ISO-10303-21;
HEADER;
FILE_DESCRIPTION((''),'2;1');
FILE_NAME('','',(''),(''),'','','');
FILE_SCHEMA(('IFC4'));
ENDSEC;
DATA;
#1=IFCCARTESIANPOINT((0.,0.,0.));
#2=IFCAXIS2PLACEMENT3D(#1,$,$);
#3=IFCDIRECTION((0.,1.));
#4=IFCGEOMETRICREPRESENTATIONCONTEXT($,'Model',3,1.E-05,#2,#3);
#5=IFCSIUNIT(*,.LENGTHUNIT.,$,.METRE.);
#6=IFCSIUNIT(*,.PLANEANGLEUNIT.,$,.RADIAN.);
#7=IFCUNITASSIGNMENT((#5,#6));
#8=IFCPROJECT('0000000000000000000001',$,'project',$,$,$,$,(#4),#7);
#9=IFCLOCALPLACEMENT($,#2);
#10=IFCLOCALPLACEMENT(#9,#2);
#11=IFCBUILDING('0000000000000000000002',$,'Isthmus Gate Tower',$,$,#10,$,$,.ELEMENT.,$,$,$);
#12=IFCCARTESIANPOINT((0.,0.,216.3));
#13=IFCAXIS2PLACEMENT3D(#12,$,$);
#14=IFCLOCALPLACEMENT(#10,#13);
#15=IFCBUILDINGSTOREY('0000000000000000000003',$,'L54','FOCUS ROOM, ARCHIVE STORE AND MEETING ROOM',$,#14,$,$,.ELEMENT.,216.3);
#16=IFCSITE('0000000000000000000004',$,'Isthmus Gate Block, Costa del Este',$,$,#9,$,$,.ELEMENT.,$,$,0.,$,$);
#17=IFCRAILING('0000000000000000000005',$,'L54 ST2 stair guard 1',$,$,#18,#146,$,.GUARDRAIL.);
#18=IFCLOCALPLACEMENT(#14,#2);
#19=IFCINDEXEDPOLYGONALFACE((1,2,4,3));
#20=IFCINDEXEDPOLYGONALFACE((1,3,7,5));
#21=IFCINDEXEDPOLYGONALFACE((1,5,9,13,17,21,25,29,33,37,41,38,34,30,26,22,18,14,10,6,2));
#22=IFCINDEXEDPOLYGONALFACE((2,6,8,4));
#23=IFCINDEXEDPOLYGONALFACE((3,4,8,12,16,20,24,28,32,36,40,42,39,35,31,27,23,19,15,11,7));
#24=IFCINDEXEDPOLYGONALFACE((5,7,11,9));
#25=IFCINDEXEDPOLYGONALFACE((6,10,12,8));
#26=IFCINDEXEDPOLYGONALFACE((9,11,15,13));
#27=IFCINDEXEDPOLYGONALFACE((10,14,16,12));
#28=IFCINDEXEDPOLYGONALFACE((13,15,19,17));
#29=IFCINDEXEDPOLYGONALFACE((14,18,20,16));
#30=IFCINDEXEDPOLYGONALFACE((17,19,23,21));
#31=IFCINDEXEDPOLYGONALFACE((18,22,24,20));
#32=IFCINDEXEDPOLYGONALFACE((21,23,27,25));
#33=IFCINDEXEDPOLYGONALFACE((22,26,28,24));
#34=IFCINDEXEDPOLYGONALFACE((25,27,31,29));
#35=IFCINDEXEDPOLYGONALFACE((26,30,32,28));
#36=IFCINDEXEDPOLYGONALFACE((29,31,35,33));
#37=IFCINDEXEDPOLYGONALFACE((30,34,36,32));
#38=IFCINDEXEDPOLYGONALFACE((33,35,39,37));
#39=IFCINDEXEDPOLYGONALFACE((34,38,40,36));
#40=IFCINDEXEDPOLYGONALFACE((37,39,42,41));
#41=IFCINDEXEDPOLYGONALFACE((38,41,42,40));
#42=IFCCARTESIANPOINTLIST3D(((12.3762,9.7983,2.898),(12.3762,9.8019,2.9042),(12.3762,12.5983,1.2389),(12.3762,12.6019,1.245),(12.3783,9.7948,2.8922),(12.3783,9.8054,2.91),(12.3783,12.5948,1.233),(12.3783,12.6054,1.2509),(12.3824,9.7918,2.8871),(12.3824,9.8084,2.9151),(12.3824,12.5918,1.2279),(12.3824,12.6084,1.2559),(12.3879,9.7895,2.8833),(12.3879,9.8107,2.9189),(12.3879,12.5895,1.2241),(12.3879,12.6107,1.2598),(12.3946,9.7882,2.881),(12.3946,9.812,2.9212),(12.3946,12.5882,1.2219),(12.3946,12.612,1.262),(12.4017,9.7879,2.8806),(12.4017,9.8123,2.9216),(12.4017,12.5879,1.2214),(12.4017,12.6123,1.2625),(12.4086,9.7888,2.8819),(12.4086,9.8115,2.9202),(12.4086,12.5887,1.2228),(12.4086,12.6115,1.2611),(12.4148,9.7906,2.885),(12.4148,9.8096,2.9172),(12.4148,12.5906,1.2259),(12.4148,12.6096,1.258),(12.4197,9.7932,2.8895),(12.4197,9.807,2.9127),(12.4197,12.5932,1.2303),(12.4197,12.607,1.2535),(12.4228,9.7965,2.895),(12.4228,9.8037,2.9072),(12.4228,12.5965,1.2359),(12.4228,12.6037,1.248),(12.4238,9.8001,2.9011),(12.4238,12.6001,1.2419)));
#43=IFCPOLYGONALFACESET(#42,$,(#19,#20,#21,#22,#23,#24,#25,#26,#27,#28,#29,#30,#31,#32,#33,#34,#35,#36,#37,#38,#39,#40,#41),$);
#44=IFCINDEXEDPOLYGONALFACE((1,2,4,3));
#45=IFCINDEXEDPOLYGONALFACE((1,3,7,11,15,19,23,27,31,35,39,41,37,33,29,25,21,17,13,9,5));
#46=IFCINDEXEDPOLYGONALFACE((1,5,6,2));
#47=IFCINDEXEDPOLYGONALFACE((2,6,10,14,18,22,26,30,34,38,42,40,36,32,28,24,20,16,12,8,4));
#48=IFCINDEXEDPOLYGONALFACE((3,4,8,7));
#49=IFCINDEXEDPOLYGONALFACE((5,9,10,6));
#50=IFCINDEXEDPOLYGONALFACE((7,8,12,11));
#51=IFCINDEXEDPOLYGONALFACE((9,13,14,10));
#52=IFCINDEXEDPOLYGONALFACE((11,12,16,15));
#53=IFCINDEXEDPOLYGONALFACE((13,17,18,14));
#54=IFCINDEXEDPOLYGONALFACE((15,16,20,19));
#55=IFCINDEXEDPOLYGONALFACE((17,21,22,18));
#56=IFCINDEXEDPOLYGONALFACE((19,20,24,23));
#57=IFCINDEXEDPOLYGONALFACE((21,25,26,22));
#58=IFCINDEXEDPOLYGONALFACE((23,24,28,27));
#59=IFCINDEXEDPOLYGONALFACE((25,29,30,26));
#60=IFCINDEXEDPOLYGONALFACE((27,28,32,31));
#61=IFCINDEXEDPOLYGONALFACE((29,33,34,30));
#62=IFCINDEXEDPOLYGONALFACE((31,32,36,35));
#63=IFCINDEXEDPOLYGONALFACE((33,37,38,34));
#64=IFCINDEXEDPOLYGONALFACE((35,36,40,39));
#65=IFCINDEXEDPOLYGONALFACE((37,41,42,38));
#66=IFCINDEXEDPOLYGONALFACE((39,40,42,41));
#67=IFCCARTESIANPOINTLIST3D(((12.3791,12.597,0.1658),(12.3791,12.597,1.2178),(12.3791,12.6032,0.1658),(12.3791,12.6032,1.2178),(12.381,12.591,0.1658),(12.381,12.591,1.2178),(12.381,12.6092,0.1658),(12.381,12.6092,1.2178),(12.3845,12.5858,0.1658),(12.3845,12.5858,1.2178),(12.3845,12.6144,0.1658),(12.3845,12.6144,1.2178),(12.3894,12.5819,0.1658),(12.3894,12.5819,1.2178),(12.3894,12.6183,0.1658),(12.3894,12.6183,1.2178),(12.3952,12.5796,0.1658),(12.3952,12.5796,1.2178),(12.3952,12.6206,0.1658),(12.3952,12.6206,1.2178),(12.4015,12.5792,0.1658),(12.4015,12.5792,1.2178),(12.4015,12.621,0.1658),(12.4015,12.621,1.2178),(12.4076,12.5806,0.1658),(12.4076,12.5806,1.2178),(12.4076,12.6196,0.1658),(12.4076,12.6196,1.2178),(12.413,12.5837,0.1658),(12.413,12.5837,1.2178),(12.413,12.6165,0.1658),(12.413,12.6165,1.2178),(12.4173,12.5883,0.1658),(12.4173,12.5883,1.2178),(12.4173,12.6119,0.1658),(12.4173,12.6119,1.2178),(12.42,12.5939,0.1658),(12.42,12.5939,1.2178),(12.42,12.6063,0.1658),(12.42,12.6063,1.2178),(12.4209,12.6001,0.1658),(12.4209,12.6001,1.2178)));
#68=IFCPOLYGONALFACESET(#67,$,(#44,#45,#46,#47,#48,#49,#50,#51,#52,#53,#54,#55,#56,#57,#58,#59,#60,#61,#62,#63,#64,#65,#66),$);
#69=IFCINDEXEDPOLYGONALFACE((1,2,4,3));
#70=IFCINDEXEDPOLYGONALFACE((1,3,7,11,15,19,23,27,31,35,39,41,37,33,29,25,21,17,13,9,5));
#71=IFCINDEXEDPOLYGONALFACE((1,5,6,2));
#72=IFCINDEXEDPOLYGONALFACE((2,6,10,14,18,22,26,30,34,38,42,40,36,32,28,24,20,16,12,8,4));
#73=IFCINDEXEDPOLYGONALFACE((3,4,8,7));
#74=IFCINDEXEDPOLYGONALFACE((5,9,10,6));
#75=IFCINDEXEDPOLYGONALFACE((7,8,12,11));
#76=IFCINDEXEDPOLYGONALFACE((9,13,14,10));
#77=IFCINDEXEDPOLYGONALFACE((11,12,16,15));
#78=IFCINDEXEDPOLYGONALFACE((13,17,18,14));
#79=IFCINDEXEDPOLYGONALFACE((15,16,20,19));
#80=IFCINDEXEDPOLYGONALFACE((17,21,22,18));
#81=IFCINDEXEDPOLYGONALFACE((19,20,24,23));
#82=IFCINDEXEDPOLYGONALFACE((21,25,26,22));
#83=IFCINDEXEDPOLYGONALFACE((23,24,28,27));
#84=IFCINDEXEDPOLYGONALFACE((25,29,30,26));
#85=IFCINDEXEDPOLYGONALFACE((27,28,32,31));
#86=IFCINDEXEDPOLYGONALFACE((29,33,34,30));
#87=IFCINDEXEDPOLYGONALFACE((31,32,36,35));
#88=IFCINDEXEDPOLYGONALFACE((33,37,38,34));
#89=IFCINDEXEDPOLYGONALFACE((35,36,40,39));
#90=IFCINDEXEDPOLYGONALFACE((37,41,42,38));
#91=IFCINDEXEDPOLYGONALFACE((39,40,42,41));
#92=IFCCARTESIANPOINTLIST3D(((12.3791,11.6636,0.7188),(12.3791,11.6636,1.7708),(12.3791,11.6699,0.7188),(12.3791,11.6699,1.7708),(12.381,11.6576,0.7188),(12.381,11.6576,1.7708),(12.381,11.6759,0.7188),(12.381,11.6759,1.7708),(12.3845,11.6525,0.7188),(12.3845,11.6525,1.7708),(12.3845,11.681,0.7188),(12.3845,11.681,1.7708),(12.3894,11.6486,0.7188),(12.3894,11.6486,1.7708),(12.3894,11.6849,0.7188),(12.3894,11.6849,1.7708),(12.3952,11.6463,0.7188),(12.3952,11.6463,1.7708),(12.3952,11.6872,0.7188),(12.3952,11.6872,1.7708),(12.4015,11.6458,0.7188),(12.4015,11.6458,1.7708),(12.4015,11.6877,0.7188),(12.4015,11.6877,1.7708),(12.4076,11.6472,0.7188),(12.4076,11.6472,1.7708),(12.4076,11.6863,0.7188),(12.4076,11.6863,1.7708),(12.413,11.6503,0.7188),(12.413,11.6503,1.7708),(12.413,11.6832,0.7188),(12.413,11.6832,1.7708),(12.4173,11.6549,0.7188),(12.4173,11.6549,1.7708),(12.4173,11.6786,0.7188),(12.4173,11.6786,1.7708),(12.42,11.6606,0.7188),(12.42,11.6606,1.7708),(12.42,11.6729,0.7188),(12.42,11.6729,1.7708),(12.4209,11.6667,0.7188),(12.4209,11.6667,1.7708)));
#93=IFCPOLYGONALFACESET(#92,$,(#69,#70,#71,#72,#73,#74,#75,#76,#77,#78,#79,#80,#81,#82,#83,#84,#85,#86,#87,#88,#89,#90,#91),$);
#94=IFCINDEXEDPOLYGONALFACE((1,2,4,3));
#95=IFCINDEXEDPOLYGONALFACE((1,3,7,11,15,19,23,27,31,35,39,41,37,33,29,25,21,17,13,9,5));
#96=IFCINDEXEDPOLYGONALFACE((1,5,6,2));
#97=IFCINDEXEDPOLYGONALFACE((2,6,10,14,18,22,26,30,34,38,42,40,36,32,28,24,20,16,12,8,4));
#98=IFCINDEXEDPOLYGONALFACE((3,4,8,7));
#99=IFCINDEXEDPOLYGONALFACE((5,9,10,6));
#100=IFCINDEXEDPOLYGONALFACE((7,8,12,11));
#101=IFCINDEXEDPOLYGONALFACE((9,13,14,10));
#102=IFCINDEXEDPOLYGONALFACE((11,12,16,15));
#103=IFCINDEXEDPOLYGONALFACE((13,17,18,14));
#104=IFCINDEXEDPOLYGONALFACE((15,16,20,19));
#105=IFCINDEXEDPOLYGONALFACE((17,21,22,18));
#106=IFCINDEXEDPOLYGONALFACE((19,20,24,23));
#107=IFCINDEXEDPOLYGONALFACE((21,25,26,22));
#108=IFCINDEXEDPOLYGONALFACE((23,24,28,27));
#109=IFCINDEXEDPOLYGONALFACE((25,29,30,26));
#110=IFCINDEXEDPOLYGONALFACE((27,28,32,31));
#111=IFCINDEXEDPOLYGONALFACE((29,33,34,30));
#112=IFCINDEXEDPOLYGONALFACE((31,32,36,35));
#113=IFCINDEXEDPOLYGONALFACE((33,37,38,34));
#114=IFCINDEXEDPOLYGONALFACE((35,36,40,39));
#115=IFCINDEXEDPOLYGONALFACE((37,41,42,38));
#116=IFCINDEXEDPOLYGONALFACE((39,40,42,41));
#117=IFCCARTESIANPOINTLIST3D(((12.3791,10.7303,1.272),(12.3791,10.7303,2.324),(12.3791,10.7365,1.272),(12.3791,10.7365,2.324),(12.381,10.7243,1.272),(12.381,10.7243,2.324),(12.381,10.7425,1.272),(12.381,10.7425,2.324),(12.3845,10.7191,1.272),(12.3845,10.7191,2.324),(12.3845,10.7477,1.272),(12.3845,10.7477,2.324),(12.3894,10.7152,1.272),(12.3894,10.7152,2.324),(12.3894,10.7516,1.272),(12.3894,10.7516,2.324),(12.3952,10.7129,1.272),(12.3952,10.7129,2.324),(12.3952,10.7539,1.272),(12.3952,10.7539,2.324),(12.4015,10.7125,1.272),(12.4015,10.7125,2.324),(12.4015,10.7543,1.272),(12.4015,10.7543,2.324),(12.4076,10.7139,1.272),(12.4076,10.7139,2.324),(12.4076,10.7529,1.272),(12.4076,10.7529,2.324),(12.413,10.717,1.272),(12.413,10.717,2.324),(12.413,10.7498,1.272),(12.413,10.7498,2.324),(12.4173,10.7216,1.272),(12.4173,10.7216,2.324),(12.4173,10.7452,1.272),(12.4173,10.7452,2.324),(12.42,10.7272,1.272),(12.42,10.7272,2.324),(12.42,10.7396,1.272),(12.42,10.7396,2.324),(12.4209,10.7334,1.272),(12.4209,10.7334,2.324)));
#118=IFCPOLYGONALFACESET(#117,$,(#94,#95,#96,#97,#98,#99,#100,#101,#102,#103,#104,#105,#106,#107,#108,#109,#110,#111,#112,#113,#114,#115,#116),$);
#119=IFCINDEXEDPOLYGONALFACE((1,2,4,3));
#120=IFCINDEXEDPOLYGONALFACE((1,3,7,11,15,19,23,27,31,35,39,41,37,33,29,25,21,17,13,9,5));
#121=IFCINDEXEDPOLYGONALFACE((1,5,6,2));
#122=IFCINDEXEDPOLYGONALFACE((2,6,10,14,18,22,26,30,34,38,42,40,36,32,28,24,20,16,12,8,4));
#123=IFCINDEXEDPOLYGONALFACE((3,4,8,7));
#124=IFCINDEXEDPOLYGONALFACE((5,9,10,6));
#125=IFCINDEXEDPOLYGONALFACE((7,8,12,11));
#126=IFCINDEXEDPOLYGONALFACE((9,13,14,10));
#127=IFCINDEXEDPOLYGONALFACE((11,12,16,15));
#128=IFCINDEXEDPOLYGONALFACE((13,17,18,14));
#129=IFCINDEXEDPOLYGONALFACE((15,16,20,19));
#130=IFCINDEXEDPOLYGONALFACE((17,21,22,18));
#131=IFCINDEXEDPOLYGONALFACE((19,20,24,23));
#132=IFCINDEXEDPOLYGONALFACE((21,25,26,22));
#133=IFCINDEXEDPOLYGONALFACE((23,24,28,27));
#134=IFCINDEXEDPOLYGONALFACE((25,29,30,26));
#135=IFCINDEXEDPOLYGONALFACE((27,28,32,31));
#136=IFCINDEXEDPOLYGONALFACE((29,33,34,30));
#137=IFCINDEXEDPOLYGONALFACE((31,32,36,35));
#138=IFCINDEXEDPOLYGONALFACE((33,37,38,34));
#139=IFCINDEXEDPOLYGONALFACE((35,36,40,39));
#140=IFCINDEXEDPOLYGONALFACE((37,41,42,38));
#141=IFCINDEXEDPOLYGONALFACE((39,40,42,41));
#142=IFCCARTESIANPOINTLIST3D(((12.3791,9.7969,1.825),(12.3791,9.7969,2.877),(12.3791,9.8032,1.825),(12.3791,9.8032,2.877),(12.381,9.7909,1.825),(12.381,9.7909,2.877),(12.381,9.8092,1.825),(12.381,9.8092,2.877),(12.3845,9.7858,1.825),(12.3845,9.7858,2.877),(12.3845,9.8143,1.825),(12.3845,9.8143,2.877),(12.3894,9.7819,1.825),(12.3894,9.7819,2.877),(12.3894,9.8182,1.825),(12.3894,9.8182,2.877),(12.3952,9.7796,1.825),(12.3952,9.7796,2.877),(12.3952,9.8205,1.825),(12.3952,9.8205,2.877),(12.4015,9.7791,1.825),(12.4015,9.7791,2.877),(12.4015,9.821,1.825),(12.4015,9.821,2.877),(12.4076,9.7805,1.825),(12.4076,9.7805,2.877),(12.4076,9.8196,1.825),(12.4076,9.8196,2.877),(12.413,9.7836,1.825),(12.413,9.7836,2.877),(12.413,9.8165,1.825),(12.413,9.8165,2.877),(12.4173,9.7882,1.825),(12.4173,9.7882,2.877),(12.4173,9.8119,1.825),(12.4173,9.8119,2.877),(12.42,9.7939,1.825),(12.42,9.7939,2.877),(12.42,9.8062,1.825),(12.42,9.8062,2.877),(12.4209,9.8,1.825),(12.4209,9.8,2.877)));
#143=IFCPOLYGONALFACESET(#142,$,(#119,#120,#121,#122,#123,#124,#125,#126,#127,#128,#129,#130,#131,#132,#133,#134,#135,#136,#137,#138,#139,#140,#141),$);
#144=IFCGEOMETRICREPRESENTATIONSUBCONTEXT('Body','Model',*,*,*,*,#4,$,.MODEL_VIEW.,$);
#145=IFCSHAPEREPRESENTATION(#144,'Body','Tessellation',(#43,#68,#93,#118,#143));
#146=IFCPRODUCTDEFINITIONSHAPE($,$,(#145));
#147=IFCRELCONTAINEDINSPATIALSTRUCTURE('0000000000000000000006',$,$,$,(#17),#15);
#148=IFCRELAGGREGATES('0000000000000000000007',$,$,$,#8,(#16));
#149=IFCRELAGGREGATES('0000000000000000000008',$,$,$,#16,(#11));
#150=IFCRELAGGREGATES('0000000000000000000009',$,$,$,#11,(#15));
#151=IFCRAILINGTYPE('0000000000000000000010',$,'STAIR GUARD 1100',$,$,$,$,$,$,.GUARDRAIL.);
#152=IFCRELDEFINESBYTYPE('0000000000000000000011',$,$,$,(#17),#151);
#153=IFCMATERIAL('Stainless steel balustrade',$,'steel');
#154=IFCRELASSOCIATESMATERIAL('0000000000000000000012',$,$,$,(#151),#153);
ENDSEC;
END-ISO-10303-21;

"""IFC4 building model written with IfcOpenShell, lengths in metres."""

from ifc_helpers import new_model, si_unit, direction, frame, origin, origin_2d, place, context, subcontext, project, spatial, circle, extrude, material, type_object, element, save


model = new_model("IFC4")

# Units and contexts
model_context = context("Model", 3, precision=1e-05, world=origin(), true_north=direction((0.0, 1.0)))
body_context = subcontext(model_context, "Body", "Model", "MODEL_VIEW")
ifc_project = project(units=[si_unit("LENGTHUNIT", "METRE"), si_unit("PLANEANGLEUNIT", "RADIAN")], contexts=[model_context])

# Site, building, storey
site_placement = place(None, origin())
site = spatial("IfcSite", under=ifc_project, at=site_placement, Name="Isthmus Gate Block, Costa del Este", CompositionType="ELEMENT", RefElevation=0.0)
building_placement = place(site_placement, origin())
building = spatial("IfcBuilding", under=site, at=building_placement, Name="Isthmus Gate Tower", CompositionType="ELEMENT")
storey_placement = place(building_placement, frame((0.0, 0.0, 216.3)))
storey = spatial("IfcBuildingStorey", under=building, at=storey_placement, Name="L54", Description="FOCUS ROOM, ARCHIVE STORE AND MEETING ROOM", CompositionType="ELEMENT", Elevation=216.3)

# Railing
ifc_material_1 = material(Name="Stainless steel balustrade", Category="steel")
railing_type_1 = type_object("IfcRailingType", Name="STAIR GUARD 1100", PredefinedType="GUARDRAIL", material=ifc_material_1)
railing_1_placement = place(storey_placement, frame((12.3999, 12.6001, 0.1658)))
element("IfcRailing", 1, at=railing_1_placement, inside=storey, type_object=railing_type_1, Name="L54 ST2 stair guard 1", PredefinedType="GUARDRAIL", context=body_context, shape_type="SweptSolid", body=[
    extrude(circle(Radius=0.0239, at=origin_2d()), frame((0.0, 0.0, 1.0762), z_axis=(0.0, -0.860306, 0.509778), x_axis=(1.0, 0.0, 0.0)), (0.0, 0.0, 1.0), 3.2546),
    extrude(circle(Radius=0.021, at=origin_2d()), origin(), (0.0, 0.0, 1.0), 1.052),
    extrude(circle(Radius=0.021, at=origin_2d()), frame((0.0, -0.9333, 0.553)), (0.0, 0.0, 1.0), 1.052),
    extrude(circle(Radius=0.021, at=origin_2d()), frame((0.0, -1.8667, 1.1062)), (0.0, 0.0, 1.0), 1.052),
    extrude(circle(Radius=0.021, at=origin_2d()), frame((0.0, -2.8, 1.6592)), (0.0, 0.0, 1.0), 1.052),
])

save(model, "model.ifc")
